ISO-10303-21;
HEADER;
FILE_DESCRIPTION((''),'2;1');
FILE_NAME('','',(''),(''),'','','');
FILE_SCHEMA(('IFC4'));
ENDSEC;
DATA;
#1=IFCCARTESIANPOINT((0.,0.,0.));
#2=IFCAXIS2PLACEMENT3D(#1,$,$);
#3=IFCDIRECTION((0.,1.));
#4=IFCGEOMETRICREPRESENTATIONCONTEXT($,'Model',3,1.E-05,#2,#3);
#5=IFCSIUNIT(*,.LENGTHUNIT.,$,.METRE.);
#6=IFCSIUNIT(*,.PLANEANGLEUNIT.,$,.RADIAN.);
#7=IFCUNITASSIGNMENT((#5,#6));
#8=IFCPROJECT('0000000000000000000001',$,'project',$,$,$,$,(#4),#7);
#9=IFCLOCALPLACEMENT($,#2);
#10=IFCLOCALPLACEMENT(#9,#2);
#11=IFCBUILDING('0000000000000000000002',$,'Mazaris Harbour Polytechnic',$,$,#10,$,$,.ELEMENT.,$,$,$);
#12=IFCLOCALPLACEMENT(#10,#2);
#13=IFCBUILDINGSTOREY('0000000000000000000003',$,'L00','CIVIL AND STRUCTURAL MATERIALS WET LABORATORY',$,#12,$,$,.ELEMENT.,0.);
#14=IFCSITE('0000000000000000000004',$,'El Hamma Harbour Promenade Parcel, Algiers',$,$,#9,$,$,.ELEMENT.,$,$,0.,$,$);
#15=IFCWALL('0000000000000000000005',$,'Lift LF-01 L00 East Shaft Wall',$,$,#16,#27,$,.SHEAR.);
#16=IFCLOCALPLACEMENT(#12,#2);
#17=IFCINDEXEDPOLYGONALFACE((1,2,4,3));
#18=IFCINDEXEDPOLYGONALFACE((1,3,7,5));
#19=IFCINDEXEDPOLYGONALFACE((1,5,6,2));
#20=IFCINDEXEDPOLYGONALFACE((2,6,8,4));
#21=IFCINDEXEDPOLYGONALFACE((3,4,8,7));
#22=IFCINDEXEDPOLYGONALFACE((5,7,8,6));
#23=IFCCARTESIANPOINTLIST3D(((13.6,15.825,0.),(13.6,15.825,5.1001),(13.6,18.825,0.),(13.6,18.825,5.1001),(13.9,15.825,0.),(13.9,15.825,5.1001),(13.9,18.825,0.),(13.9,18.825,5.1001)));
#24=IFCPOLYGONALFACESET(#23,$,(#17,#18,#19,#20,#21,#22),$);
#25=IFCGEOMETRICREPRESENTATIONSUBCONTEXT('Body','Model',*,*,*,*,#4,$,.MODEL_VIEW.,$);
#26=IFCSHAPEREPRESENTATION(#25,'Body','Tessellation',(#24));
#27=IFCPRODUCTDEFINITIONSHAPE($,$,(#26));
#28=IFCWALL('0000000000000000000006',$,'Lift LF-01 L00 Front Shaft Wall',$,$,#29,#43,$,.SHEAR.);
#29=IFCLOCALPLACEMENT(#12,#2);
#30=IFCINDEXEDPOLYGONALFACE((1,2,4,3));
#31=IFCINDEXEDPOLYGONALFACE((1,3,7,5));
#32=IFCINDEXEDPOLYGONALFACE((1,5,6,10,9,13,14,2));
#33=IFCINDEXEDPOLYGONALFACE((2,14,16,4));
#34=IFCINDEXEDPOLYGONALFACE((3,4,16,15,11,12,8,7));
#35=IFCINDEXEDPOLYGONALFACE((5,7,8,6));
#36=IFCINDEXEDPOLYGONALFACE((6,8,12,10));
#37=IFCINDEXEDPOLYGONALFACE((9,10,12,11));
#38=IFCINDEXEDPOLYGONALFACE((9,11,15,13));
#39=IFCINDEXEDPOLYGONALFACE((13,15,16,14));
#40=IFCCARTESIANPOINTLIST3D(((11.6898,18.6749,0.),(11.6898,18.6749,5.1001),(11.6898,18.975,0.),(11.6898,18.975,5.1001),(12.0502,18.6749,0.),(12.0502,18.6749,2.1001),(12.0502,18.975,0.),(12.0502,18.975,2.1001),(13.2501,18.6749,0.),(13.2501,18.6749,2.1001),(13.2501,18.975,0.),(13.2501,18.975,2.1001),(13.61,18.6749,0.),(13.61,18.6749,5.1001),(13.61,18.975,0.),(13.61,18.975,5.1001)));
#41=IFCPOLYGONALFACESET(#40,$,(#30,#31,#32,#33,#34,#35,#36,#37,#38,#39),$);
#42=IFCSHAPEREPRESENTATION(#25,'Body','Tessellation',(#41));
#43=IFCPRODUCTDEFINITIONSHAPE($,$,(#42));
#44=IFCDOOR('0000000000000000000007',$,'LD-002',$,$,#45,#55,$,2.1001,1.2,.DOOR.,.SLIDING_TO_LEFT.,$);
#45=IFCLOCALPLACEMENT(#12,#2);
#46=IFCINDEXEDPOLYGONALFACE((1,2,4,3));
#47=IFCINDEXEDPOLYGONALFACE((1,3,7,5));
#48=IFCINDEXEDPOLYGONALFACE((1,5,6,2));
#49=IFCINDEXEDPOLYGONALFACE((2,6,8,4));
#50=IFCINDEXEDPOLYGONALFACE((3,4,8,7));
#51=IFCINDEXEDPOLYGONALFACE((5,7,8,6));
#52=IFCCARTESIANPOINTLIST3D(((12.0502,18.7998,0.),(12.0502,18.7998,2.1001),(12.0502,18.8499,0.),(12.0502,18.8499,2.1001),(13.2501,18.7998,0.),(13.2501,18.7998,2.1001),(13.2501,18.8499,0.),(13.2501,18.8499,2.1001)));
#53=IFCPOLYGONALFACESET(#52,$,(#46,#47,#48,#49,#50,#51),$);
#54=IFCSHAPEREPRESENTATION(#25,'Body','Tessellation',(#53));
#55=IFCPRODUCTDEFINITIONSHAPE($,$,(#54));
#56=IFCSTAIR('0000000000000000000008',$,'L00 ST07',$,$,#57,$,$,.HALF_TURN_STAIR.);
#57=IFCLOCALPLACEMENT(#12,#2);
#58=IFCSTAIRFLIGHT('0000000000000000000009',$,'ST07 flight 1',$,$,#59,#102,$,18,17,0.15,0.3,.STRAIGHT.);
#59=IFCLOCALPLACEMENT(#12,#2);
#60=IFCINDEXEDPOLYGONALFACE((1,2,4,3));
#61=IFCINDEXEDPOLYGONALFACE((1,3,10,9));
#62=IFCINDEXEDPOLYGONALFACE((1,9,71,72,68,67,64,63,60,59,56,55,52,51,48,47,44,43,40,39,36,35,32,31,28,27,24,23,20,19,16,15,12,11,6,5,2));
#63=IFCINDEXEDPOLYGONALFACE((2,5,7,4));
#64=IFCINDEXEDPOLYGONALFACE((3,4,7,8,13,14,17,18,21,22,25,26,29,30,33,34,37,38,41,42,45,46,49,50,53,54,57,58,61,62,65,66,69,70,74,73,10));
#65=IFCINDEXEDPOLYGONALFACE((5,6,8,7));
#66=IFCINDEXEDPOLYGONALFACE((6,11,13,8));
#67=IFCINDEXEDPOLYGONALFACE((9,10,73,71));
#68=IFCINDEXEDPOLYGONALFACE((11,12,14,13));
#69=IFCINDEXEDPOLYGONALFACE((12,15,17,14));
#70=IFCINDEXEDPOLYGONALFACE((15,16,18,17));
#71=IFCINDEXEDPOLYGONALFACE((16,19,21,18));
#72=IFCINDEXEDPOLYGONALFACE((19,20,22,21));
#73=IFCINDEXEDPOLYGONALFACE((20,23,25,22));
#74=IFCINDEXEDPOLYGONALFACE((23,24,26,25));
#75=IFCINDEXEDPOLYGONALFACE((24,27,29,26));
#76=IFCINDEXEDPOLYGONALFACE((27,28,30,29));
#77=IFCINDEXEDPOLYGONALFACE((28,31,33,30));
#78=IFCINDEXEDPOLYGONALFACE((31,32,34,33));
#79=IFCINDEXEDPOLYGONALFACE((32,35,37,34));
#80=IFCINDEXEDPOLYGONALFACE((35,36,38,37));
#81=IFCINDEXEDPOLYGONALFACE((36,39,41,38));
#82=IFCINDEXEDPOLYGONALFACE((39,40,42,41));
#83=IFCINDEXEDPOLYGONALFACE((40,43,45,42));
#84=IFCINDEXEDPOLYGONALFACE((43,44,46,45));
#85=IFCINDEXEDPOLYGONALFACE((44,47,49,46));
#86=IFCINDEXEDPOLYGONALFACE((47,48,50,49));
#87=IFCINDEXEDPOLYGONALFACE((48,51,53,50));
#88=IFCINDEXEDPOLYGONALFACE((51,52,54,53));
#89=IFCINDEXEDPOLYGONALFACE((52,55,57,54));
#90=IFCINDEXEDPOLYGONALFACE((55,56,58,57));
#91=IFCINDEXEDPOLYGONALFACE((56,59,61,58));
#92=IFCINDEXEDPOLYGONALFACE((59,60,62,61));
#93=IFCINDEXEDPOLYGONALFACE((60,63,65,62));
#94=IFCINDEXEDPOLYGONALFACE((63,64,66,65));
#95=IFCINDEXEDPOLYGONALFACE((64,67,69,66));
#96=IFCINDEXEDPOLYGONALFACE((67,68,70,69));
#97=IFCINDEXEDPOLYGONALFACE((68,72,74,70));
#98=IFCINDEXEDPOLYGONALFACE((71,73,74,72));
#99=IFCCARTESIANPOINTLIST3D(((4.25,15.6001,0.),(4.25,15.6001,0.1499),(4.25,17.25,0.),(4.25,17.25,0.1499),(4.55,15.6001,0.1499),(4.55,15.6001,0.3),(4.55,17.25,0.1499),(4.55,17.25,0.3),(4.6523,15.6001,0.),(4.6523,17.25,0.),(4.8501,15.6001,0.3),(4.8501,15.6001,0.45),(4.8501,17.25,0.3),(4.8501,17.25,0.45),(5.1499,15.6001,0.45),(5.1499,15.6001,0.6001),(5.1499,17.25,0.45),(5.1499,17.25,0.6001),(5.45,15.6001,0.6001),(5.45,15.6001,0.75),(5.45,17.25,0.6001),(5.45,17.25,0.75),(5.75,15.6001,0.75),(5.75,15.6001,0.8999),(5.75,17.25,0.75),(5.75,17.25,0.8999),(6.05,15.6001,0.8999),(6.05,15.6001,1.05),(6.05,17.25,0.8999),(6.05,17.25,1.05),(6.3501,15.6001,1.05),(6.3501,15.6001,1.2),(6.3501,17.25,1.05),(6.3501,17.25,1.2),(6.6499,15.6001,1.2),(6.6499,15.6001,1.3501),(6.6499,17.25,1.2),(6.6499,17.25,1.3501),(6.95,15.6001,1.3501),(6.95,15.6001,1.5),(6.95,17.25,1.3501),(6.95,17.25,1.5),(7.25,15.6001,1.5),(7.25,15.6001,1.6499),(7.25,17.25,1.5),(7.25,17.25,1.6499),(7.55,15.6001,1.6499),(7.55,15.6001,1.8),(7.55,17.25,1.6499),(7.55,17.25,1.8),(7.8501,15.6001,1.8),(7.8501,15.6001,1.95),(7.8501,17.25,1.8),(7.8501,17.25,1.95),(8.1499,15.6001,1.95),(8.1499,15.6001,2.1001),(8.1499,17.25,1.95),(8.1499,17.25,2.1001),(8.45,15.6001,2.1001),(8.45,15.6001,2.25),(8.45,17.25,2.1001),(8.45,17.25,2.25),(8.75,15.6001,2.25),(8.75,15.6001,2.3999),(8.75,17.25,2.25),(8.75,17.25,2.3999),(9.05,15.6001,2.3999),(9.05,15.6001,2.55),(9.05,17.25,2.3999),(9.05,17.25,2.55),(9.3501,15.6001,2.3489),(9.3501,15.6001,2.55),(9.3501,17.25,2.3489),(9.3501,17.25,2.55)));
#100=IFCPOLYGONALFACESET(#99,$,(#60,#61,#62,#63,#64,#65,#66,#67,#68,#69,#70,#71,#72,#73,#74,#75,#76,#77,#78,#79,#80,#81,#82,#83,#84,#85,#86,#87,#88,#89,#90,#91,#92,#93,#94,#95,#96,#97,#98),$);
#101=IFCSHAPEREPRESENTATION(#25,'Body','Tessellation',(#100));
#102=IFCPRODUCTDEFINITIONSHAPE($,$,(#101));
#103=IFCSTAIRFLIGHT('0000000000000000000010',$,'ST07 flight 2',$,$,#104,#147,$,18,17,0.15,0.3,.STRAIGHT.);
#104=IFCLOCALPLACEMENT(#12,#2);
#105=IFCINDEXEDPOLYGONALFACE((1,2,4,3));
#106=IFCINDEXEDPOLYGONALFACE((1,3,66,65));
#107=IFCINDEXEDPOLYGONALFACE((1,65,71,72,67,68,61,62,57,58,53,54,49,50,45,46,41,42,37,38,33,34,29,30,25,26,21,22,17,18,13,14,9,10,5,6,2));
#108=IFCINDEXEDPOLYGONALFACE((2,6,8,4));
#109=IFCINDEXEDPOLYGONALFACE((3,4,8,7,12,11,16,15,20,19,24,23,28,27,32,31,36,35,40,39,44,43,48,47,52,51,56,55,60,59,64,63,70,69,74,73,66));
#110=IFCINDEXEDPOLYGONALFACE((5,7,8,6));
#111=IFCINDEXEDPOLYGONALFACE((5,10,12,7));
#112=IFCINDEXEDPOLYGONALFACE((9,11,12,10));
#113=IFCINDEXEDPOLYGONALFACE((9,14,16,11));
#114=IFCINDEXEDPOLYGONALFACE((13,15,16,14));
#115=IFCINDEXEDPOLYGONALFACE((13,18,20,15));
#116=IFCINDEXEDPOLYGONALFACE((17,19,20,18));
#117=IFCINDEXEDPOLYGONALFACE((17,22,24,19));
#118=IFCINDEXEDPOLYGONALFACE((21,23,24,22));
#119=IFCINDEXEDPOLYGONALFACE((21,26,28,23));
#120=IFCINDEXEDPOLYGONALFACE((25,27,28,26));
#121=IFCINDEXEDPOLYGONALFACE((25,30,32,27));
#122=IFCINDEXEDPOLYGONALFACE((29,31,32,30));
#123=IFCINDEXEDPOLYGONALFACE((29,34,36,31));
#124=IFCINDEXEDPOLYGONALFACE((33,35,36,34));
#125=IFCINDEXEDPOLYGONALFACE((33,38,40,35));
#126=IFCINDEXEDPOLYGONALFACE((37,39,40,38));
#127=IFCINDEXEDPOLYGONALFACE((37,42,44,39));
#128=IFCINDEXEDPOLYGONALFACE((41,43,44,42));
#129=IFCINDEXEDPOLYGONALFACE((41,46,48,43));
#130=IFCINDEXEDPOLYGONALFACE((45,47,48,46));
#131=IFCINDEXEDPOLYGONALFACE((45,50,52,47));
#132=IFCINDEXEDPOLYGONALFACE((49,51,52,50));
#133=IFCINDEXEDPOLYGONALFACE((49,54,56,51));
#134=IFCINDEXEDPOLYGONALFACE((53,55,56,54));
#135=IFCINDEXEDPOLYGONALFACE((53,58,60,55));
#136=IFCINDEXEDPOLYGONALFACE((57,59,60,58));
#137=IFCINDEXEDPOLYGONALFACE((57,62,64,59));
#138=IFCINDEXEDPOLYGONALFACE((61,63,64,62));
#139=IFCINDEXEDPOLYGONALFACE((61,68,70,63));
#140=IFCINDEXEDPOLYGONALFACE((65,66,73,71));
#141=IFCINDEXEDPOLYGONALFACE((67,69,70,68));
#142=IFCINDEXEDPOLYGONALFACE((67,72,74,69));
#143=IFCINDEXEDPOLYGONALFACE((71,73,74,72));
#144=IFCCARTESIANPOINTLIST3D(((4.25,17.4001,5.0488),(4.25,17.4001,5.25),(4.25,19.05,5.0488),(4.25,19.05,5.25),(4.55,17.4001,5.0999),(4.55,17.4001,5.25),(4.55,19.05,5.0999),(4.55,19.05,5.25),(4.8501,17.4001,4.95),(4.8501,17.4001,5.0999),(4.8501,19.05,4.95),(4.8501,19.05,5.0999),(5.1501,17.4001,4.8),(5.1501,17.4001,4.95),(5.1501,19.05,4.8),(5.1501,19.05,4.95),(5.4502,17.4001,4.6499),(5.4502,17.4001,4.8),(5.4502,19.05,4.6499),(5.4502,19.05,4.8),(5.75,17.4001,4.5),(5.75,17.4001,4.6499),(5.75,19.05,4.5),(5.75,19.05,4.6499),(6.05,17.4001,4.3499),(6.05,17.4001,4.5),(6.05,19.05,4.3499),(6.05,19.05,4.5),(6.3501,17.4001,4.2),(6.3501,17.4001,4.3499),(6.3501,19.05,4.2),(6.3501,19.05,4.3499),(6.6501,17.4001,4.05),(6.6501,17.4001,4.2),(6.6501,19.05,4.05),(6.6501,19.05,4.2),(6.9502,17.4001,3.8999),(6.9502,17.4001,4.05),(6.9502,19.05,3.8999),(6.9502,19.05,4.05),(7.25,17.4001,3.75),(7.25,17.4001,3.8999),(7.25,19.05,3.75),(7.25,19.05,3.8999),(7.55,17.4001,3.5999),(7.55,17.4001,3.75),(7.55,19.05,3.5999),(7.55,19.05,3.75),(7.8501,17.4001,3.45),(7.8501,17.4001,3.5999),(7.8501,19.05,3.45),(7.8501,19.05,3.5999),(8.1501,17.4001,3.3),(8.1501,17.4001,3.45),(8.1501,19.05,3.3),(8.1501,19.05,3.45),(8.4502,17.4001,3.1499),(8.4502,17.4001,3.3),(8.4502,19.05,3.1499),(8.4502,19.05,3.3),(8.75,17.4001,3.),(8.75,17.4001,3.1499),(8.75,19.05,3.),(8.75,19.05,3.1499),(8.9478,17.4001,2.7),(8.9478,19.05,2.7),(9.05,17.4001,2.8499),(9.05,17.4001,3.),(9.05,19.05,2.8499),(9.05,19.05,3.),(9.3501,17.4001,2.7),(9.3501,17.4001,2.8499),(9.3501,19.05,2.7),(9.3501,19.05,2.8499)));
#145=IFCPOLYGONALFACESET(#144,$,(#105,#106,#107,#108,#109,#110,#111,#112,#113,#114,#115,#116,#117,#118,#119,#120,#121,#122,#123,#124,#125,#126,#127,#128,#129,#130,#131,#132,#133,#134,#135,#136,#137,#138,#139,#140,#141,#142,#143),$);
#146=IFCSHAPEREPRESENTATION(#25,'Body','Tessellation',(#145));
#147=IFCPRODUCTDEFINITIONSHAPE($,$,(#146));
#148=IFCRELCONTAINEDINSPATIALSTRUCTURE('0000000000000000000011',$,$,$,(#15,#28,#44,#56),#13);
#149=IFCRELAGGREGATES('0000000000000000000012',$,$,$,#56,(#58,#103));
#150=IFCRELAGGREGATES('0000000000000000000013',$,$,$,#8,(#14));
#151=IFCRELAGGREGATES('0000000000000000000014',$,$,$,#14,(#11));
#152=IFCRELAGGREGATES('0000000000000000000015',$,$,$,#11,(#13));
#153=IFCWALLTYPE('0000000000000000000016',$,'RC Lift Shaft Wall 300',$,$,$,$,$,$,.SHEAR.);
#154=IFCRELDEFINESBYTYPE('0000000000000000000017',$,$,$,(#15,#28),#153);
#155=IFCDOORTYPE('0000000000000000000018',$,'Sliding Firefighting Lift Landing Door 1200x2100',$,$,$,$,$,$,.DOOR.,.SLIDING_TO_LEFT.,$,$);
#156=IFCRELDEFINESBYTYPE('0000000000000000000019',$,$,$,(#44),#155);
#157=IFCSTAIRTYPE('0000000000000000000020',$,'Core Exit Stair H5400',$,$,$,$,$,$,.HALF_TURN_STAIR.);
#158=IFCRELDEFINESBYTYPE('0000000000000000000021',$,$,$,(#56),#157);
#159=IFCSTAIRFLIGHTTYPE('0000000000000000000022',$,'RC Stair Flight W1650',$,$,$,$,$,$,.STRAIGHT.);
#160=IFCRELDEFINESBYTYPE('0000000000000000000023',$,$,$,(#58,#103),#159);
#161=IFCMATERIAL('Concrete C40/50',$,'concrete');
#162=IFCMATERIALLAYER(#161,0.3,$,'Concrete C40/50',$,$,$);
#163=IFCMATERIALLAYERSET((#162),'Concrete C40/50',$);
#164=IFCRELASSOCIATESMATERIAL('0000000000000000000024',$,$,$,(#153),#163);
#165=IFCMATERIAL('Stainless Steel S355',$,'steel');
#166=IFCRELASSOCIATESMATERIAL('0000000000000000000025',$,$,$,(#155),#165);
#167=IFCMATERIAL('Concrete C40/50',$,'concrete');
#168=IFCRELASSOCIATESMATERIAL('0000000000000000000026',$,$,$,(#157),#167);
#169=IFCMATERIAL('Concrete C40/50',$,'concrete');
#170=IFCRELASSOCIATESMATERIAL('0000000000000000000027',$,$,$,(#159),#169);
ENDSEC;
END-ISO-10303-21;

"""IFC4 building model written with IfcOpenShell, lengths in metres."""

from ifc_helpers import new_model, si_unit, direction, frame, frame_2d, origin, place, context, subcontext, project, spatial, polyline, rectangle, outline, extrude, material, layer, layer_set, type_object, element, fill, aggregate, save


model = new_model("IFC4")

# Units and contexts
model_context = context("Model", 3, precision=1e-05, world=origin(), true_north=direction((0.0, 1.0)))
body_context = subcontext(model_context, "Body", "Model", "MODEL_VIEW")
ifc_project = project(units=[si_unit("LENGTHUNIT", "METRE"), si_unit("PLANEANGLEUNIT", "RADIAN")], contexts=[model_context])

# Site, building, storey
site_placement = place(None, origin())
site = spatial("IfcSite", under=ifc_project, at=site_placement, Name="El Hamma Harbour Promenade Parcel, Algiers", CompositionType="ELEMENT", RefElevation=0.0)
building_placement = place(site_placement, origin())
building = spatial("IfcBuilding", under=site, at=building_placement, Name="Mazaris Harbour Polytechnic", CompositionType="ELEMENT")
storey_placement = place(building_placement, origin())
storey = spatial("IfcBuildingStorey", under=building, at=storey_placement, Name="L00", Description="CIVIL AND STRUCTURAL MATERIALS WET LABORATORY", CompositionType="ELEMENT", Elevation=0.0)

# Wall
ifc_material_1 = material(Name="Concrete C40/50", Category="concrete")
ifc_layer_1 = layer(ifc_material_1, 0.3, Name="Concrete C40/50")
ifc_layer_set_1 = layer_set([ifc_layer_1], Name="Concrete C40/50")
wall_type_1 = type_object("IfcWallType", Name="RC Lift Shaft Wall 300", PredefinedType="SHEAR", material=ifc_layer_set_1)
for number, where, z_axis, x_axis, name in (
    (1, (13.75, 15.825, 0.0), (0.0, 0.0, 1.0), (0.0, 1.0, 0.0), "Lift LF-01 L00 East Shaft Wall"),
):
    element("IfcWall", number, at=place(storey_placement, frame(where, z_axis=z_axis, x_axis=x_axis)), inside=storey, type_object=wall_type_1, Name=name, PredefinedType="SHEAR", context=body_context, shape_type="SweptSolid", body=[
        extrude(rectangle(XDim=3.0, YDim=0.3, at=frame_2d((1.5, 0.0))), origin(), (0.0, 0.0, 1.0), 5.1001),
    ])

# Wall, opening, door
wall_1_placement = place(storey_placement, frame((11.6899, 18.825, 0.0), z_axis=(0.0, 0.0, 1.0), x_axis=(1.0, 0.0, 0.0)))
wall_1 = element("IfcWall", 2, at=wall_1_placement, inside=storey, type_object=wall_type_1, Name="Lift LF-01 L00 Front Shaft Wall", PredefinedType="SHEAR", context=body_context, shape_type="SweptSolid", body=[
    extrude(rectangle(XDim=1.9202, YDim=0.3, at=frame_2d((0.96, 0.0))), origin(), (0.0, 0.0, 1.0), 5.1001),
])
opening_1_placement = place(wall_1_placement, frame((0.3601, 0.0, 0.0)))
opening_1 = element("IfcOpeningElement", 3, at=opening_1_placement, cuts=wall_1, PredefinedType="OPENING", context=body_context, shape_type="SweptSolid", body=[
    extrude(rectangle(XDim=1.2, YDim=2.1001, at=frame_2d((0.6001, 1.05))), frame((0.0, 0.1599, 0.0), z_axis=(0.0, -1.0, 0.0), x_axis=(1.0, 0.0, 0.0)), (0.0, 0.0, 1.0), 0.3201),
])
ifc_material_2 = material(Name="Stainless Steel S355", Category="steel")
door_type_1 = type_object("IfcDoorType", Name="Sliding Firefighting Lift Landing Door 1200x2100", OperationType="SLIDING_TO_LEFT", PredefinedType="DOOR", material=ifc_material_2)
door_1_placement = place(opening_1_placement, origin())
door_1 = element("IfcDoor", 4, at=door_1_placement, inside=storey, type_object=door_type_1, Name="LD-002", OperationType="SLIDING_TO_LEFT", OverallHeight=2.1001, OverallWidth=1.2, PredefinedType="DOOR", context=body_context, shape_type="SweptSolid", body=[
    extrude(rectangle(XDim=1.2, YDim=2.1001, at=frame_2d((0.6001, 1.05))), frame((0.0, 0.0249, 0.0), z_axis=(0.0, -1.0, 0.0), x_axis=(1.0, 0.0, 0.0)), (0.0, 0.0, 1.0), 0.05),
])
fill(opening_1, door_1)

# Stair, stair flights
ifc_material_3 = material(Name="Concrete C40/50", Category="concrete")
stair_type = type_object("IfcStairType", Name="Core Exit Stair H5400", PredefinedType="HALF_TURN_STAIR", material=ifc_material_3)
stair_placement = place(storey_placement, origin())
stair = element("IfcStair", 5, at=stair_placement, inside=storey, type_object=stair_type, Name="L00 ST07", PredefinedType="HALF_TURN_STAIR")
ifc_material_4 = material(Name="Concrete C40/50", Category="concrete")
stair_flight_type = type_object("IfcStairFlightType", Name="RC Stair Flight W1650", PredefinedType="STRAIGHT", material=ifc_material_4)
stair_flight_1_placement = place(storey_placement, frame((4.25, 16.425, 0.0), z_axis=(0.0, 0.0, 1.0), x_axis=(1.0, 0.0, 0.0)))
stair_flight_1 = element("IfcStairFlight", 6, at=stair_flight_1_placement, type_object=stair_flight_type, Name="ST07 flight 1", NumberOfRisers=18, NumberOfTreads=17, PredefinedType="STRAIGHT", RiserHeight=0.15, TreadLength=0.3, context=body_context, shape_type="SweptSolid", body=[
    extrude(outline(polyline([(0.0, 0.0), (0.0, 0.1499), (0.3, 0.1499), (0.3, 0.3), (0.6001, 0.3), (0.6001, 0.45), (0.8999, 0.45), (0.8999, 0.6001), (1.2, 0.6001), (1.2, 0.75), (1.5, 0.75), (1.5, 0.8999), (1.8, 0.8999), (1.8, 1.05), (2.1001, 1.05), (2.1001, 1.2), (2.3999, 1.2), (2.3999, 1.3501), (2.7, 1.3501), (2.7, 1.5), (3.0, 1.5), (3.0, 1.6499), (3.3, 1.6499), (3.3, 1.8), (3.6001, 1.8), (3.6001, 1.95), (3.8999, 1.95), (3.8999, 2.1001), (4.2, 2.1001), (4.2, 2.25), (4.5, 2.25), (4.5, 2.3999), (4.8, 2.3999), (4.8, 2.55), (5.1001, 2.55), (5.1001, 2.7), (5.1001, 2.3489), (0.4023, 0.0), (0.0, 0.0)])), frame((0.0, 0.825, 0.0), z_axis=(0.0, -1.0, 0.0), x_axis=(1.0, 0.0, 0.0)), (0.0, 0.0, 1.0), 1.6499),
])
stair_flight_2_placement = place(storey_placement, frame((9.3501, 18.2251, 2.7), z_axis=(0.0, 0.0, 1.0), x_axis=(-1.0, 0.0, 0.0)))
stair_flight_2 = element("IfcStairFlight", 7, at=stair_flight_2_placement, type_object=stair_flight_type, Name="ST07 flight 2", NumberOfRisers=18, NumberOfTreads=17, PredefinedType="STRAIGHT", RiserHeight=0.15, TreadLength=0.3, context=body_context, shape_type="SweptSolid", body=[
    extrude(outline(polyline([(0.0, 0.0), (0.0, 0.1499), (0.3, 0.1499), (0.3, 0.3), (0.6001, 0.3), (0.6001, 0.45), (0.8999, 0.45), (0.8999, 0.6001), (1.2, 0.6001), (1.2, 0.75), (1.5, 0.75), (1.5, 0.8999), (1.8, 0.8999), (1.8, 1.05), (2.1001, 1.05), (2.1001, 1.2), (2.3999, 1.2), (2.3999, 1.3501), (2.7, 1.3501), (2.7, 1.5), (3.0, 1.5), (3.0, 1.6499), (3.3, 1.6499), (3.3, 1.8), (3.6001, 1.8), (3.6001, 1.95), (3.8999, 1.95), (3.8999, 2.1001), (4.2, 2.1001), (4.2, 2.25), (4.5, 2.25), (4.5, 2.3999), (4.8, 2.3999), (4.8, 2.55), (5.1001, 2.55), (5.1001, 2.7), (5.1001, 2.3489), (0.4023, 0.0), (0.0, 0.0)])), frame((0.0, 0.825, 0.0), z_axis=(0.0, -1.0, 0.0), x_axis=(1.0, 0.0, 0.0)), (0.0, 0.0, 1.0), 1.6499),
])
aggregate(stair, [stair_flight_1, stair_flight_2])

save(model, "model.ifc")
